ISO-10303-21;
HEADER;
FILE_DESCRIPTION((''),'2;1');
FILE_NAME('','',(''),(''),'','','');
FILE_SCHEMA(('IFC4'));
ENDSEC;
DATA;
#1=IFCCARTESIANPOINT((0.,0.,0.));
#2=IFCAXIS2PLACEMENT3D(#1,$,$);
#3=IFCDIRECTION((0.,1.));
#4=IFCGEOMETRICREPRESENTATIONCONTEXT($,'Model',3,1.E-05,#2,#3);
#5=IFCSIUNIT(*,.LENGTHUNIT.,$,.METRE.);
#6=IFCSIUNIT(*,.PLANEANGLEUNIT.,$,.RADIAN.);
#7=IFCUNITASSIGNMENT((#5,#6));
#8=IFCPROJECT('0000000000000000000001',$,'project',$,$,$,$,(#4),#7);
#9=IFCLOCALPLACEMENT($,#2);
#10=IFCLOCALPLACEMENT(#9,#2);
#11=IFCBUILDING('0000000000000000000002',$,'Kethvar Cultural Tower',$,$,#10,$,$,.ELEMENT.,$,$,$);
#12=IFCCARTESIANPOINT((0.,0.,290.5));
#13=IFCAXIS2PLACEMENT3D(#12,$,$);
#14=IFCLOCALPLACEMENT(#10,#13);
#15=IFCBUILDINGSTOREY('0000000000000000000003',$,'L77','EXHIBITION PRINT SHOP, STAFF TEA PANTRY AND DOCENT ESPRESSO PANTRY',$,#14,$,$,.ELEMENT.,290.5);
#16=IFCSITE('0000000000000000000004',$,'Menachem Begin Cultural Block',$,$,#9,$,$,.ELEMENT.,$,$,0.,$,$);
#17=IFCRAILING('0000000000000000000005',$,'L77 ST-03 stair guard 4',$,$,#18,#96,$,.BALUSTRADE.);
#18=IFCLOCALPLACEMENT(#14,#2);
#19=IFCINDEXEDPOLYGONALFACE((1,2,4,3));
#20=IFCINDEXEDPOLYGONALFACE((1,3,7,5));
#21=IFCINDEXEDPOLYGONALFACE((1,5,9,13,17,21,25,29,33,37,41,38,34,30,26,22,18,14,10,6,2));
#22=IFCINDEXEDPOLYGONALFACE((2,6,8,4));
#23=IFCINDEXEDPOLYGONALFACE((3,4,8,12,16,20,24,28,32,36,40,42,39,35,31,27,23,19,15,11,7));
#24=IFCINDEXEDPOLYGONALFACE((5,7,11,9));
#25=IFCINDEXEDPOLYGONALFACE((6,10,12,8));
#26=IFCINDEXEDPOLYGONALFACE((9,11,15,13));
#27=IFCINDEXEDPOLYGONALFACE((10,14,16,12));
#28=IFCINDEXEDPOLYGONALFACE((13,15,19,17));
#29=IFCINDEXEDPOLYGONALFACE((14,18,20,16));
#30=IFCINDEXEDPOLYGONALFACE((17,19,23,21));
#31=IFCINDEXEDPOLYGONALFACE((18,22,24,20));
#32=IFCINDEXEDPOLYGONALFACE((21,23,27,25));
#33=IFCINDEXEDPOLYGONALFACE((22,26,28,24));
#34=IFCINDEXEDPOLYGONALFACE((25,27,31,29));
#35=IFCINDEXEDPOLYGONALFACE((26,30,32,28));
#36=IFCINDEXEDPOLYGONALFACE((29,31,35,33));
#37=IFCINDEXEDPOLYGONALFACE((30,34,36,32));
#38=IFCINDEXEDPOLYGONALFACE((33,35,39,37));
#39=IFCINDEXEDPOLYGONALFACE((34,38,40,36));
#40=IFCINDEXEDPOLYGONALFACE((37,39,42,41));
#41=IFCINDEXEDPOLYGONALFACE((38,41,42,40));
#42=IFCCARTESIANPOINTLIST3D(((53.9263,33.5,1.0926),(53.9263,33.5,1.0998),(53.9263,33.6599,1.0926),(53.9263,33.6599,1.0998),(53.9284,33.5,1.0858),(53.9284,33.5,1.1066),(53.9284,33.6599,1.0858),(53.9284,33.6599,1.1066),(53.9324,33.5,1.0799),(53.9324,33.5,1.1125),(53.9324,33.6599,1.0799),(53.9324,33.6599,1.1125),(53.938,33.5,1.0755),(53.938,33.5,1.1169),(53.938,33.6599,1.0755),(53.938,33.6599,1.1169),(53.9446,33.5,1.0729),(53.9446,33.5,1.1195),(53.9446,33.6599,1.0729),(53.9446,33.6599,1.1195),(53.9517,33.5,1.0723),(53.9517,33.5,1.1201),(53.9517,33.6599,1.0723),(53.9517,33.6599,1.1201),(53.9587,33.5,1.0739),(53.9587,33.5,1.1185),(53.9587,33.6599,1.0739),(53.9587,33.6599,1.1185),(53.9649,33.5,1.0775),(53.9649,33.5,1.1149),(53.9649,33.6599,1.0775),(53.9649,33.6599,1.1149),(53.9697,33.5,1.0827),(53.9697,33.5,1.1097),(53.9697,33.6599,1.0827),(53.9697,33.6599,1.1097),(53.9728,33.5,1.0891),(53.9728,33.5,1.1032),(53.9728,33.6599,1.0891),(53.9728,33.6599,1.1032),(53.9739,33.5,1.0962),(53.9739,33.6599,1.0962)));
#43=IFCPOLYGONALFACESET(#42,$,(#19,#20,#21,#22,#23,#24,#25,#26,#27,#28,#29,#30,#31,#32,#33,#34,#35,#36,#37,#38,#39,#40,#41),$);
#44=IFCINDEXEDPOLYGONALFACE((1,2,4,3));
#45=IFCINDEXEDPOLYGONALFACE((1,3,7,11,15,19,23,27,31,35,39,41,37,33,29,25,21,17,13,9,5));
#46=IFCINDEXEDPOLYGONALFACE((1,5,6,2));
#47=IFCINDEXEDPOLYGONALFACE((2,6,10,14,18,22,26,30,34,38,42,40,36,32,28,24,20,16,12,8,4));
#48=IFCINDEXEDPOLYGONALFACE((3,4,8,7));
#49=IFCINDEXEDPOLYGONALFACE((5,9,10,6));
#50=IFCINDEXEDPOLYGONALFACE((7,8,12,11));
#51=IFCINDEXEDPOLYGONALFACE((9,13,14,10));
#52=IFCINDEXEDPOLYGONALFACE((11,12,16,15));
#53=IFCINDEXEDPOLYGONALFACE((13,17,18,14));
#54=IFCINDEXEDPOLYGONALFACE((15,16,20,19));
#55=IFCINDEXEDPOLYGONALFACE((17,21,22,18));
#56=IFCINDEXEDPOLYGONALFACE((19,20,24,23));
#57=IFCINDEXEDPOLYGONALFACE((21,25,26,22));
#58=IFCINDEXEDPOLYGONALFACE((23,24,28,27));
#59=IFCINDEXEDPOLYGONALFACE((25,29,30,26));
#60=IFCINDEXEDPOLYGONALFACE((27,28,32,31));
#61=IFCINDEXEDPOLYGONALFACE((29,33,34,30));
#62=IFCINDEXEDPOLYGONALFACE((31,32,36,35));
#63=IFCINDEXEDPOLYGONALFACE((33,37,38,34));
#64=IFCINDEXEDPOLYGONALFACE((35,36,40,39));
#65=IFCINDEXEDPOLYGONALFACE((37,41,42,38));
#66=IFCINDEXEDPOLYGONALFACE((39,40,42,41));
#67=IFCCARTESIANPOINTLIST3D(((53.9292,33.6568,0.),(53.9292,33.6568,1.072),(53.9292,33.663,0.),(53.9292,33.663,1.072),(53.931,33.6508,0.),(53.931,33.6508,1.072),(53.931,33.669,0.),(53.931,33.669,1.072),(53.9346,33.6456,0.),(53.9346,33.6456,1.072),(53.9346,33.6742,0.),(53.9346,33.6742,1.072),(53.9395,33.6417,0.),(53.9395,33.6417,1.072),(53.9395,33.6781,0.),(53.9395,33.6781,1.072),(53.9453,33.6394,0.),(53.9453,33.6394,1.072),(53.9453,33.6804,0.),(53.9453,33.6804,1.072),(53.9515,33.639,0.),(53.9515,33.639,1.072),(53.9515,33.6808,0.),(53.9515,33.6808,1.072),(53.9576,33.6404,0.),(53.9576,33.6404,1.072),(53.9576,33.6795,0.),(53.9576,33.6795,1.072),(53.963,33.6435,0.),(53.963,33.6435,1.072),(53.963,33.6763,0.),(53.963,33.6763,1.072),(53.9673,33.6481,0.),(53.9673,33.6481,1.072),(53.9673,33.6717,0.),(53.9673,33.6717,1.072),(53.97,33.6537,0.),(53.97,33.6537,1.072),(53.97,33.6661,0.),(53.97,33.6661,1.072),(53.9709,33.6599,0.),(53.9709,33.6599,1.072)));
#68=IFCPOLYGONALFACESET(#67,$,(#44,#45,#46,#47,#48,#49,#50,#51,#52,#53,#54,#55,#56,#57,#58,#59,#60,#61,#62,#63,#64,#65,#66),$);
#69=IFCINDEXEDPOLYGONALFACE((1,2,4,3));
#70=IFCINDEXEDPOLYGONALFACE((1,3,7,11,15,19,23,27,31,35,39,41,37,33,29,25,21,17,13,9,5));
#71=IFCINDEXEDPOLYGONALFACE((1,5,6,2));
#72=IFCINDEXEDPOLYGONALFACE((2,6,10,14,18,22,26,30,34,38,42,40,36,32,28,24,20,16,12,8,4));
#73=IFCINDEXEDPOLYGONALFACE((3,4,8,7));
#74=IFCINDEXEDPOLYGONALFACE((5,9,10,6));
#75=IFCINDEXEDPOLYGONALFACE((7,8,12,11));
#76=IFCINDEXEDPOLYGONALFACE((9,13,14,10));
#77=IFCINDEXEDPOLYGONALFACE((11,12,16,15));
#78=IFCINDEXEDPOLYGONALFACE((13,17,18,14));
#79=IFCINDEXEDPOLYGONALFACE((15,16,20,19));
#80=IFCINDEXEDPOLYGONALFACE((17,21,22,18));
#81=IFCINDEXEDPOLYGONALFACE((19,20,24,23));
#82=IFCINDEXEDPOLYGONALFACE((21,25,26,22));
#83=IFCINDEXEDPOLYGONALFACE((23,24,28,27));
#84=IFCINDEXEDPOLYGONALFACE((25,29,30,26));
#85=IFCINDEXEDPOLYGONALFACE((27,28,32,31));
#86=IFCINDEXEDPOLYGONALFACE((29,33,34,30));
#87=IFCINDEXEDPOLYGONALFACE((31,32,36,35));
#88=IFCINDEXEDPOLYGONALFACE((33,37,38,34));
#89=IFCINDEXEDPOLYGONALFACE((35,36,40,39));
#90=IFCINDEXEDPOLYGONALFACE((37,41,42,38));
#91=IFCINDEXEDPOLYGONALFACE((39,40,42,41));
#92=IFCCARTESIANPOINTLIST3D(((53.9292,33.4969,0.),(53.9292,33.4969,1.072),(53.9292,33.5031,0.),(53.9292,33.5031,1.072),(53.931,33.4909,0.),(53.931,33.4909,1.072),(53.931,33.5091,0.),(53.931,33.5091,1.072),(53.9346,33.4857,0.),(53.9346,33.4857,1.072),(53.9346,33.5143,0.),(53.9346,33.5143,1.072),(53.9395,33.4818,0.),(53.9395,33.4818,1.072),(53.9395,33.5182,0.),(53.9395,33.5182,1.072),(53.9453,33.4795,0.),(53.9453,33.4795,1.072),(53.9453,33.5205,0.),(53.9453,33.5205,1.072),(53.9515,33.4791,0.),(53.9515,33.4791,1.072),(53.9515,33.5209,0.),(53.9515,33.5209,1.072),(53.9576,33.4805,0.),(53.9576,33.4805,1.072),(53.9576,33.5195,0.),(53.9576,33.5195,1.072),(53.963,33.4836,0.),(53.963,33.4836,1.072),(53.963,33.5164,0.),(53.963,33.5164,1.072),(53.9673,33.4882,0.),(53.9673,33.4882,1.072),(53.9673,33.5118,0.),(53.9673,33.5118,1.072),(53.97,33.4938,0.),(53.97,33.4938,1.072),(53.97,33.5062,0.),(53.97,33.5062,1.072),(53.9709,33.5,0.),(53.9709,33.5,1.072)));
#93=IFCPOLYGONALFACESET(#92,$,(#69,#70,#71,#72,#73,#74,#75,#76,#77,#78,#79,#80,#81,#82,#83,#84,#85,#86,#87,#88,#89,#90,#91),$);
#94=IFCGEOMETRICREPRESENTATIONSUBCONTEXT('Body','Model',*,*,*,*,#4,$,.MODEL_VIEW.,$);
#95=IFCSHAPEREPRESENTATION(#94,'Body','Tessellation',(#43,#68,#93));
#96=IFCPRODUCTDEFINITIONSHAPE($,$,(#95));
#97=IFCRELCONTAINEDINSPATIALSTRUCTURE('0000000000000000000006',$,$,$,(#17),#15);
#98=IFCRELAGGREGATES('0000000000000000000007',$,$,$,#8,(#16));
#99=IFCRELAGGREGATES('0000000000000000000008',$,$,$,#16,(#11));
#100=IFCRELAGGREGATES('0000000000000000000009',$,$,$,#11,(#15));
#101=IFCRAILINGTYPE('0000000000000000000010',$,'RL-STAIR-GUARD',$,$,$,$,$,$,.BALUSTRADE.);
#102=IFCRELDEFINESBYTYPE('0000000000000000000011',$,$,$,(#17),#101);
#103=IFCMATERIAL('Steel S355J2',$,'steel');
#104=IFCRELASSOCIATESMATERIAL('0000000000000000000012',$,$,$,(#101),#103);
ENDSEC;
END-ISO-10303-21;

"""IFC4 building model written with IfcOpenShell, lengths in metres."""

from ifc_helpers import new_model, si_unit, direction, frame, origin, origin_2d, place, context, subcontext, project, spatial, circle, extrude, material, type_object, element, save


model = new_model("IFC4")

# Units and contexts
model_context = context("Model", 3, precision=1e-05, world=origin(), true_north=direction((0.0, 1.0)))
body_context = subcontext(model_context, "Body", "Model", "MODEL_VIEW")
ifc_project = project(units=[si_unit("LENGTHUNIT", "METRE"), si_unit("PLANEANGLEUNIT", "RADIAN")], contexts=[model_context])

# Site, building, storey
site_placement = place(None, origin())
site = spatial("IfcSite", under=ifc_project, at=site_placement, Name="Menachem Begin Cultural Block", CompositionType="ELEMENT", RefElevation=0.0)
building_placement = place(site_placement, origin())
building = spatial("IfcBuilding", under=site, at=building_placement, Name="Kethvar Cultural Tower", CompositionType="ELEMENT")
storey_placement = place(building_placement, frame((0.0, 0.0, 290.5)))
storey = spatial("IfcBuildingStorey", under=building, at=storey_placement, Name="L77", Description="EXHIBITION PRINT SHOP, STAFF TEA PANTRY AND DOCENT ESPRESSO PANTRY", CompositionType="ELEMENT", Elevation=290.5)

# Shared definitions
ifc_material_1 = material(Name="Steel S355J2", Category="steel")

# Railing
railing_type_1 = type_object("IfcRailingType", Name="RL-STAIR-GUARD", PredefinedType="BALUSTRADE", material=ifc_material_1)
railing_1_placement = place(storey_placement, frame((53.95, 33.6599, 0.0)))
element("IfcRailing", 1, at=railing_1_placement, inside=storey, type_object=railing_type_1, Name="L77 ST-03 stair guard 4", PredefinedType="BALUSTRADE", context=body_context, shape_type="SweptSolid", body=[
    extrude(circle(Radius=0.0239, at=origin_2d()), frame((0.0, 0.0, 1.0962), z_axis=(0.0, -1.0, 0.0), x_axis=(1.0, 0.0, 0.0)), (0.0, 0.0, 1.0), 0.1599),
    extrude(circle(Radius=0.021, at=origin_2d()), origin(), (0.0, 0.0, 1.0), 1.072),
    extrude(circle(Radius=0.021, at=origin_2d()), frame((0.0, -0.1599, 0.0)), (0.0, 0.0, 1.0), 1.072),
])

save(model, "model.ifc")
